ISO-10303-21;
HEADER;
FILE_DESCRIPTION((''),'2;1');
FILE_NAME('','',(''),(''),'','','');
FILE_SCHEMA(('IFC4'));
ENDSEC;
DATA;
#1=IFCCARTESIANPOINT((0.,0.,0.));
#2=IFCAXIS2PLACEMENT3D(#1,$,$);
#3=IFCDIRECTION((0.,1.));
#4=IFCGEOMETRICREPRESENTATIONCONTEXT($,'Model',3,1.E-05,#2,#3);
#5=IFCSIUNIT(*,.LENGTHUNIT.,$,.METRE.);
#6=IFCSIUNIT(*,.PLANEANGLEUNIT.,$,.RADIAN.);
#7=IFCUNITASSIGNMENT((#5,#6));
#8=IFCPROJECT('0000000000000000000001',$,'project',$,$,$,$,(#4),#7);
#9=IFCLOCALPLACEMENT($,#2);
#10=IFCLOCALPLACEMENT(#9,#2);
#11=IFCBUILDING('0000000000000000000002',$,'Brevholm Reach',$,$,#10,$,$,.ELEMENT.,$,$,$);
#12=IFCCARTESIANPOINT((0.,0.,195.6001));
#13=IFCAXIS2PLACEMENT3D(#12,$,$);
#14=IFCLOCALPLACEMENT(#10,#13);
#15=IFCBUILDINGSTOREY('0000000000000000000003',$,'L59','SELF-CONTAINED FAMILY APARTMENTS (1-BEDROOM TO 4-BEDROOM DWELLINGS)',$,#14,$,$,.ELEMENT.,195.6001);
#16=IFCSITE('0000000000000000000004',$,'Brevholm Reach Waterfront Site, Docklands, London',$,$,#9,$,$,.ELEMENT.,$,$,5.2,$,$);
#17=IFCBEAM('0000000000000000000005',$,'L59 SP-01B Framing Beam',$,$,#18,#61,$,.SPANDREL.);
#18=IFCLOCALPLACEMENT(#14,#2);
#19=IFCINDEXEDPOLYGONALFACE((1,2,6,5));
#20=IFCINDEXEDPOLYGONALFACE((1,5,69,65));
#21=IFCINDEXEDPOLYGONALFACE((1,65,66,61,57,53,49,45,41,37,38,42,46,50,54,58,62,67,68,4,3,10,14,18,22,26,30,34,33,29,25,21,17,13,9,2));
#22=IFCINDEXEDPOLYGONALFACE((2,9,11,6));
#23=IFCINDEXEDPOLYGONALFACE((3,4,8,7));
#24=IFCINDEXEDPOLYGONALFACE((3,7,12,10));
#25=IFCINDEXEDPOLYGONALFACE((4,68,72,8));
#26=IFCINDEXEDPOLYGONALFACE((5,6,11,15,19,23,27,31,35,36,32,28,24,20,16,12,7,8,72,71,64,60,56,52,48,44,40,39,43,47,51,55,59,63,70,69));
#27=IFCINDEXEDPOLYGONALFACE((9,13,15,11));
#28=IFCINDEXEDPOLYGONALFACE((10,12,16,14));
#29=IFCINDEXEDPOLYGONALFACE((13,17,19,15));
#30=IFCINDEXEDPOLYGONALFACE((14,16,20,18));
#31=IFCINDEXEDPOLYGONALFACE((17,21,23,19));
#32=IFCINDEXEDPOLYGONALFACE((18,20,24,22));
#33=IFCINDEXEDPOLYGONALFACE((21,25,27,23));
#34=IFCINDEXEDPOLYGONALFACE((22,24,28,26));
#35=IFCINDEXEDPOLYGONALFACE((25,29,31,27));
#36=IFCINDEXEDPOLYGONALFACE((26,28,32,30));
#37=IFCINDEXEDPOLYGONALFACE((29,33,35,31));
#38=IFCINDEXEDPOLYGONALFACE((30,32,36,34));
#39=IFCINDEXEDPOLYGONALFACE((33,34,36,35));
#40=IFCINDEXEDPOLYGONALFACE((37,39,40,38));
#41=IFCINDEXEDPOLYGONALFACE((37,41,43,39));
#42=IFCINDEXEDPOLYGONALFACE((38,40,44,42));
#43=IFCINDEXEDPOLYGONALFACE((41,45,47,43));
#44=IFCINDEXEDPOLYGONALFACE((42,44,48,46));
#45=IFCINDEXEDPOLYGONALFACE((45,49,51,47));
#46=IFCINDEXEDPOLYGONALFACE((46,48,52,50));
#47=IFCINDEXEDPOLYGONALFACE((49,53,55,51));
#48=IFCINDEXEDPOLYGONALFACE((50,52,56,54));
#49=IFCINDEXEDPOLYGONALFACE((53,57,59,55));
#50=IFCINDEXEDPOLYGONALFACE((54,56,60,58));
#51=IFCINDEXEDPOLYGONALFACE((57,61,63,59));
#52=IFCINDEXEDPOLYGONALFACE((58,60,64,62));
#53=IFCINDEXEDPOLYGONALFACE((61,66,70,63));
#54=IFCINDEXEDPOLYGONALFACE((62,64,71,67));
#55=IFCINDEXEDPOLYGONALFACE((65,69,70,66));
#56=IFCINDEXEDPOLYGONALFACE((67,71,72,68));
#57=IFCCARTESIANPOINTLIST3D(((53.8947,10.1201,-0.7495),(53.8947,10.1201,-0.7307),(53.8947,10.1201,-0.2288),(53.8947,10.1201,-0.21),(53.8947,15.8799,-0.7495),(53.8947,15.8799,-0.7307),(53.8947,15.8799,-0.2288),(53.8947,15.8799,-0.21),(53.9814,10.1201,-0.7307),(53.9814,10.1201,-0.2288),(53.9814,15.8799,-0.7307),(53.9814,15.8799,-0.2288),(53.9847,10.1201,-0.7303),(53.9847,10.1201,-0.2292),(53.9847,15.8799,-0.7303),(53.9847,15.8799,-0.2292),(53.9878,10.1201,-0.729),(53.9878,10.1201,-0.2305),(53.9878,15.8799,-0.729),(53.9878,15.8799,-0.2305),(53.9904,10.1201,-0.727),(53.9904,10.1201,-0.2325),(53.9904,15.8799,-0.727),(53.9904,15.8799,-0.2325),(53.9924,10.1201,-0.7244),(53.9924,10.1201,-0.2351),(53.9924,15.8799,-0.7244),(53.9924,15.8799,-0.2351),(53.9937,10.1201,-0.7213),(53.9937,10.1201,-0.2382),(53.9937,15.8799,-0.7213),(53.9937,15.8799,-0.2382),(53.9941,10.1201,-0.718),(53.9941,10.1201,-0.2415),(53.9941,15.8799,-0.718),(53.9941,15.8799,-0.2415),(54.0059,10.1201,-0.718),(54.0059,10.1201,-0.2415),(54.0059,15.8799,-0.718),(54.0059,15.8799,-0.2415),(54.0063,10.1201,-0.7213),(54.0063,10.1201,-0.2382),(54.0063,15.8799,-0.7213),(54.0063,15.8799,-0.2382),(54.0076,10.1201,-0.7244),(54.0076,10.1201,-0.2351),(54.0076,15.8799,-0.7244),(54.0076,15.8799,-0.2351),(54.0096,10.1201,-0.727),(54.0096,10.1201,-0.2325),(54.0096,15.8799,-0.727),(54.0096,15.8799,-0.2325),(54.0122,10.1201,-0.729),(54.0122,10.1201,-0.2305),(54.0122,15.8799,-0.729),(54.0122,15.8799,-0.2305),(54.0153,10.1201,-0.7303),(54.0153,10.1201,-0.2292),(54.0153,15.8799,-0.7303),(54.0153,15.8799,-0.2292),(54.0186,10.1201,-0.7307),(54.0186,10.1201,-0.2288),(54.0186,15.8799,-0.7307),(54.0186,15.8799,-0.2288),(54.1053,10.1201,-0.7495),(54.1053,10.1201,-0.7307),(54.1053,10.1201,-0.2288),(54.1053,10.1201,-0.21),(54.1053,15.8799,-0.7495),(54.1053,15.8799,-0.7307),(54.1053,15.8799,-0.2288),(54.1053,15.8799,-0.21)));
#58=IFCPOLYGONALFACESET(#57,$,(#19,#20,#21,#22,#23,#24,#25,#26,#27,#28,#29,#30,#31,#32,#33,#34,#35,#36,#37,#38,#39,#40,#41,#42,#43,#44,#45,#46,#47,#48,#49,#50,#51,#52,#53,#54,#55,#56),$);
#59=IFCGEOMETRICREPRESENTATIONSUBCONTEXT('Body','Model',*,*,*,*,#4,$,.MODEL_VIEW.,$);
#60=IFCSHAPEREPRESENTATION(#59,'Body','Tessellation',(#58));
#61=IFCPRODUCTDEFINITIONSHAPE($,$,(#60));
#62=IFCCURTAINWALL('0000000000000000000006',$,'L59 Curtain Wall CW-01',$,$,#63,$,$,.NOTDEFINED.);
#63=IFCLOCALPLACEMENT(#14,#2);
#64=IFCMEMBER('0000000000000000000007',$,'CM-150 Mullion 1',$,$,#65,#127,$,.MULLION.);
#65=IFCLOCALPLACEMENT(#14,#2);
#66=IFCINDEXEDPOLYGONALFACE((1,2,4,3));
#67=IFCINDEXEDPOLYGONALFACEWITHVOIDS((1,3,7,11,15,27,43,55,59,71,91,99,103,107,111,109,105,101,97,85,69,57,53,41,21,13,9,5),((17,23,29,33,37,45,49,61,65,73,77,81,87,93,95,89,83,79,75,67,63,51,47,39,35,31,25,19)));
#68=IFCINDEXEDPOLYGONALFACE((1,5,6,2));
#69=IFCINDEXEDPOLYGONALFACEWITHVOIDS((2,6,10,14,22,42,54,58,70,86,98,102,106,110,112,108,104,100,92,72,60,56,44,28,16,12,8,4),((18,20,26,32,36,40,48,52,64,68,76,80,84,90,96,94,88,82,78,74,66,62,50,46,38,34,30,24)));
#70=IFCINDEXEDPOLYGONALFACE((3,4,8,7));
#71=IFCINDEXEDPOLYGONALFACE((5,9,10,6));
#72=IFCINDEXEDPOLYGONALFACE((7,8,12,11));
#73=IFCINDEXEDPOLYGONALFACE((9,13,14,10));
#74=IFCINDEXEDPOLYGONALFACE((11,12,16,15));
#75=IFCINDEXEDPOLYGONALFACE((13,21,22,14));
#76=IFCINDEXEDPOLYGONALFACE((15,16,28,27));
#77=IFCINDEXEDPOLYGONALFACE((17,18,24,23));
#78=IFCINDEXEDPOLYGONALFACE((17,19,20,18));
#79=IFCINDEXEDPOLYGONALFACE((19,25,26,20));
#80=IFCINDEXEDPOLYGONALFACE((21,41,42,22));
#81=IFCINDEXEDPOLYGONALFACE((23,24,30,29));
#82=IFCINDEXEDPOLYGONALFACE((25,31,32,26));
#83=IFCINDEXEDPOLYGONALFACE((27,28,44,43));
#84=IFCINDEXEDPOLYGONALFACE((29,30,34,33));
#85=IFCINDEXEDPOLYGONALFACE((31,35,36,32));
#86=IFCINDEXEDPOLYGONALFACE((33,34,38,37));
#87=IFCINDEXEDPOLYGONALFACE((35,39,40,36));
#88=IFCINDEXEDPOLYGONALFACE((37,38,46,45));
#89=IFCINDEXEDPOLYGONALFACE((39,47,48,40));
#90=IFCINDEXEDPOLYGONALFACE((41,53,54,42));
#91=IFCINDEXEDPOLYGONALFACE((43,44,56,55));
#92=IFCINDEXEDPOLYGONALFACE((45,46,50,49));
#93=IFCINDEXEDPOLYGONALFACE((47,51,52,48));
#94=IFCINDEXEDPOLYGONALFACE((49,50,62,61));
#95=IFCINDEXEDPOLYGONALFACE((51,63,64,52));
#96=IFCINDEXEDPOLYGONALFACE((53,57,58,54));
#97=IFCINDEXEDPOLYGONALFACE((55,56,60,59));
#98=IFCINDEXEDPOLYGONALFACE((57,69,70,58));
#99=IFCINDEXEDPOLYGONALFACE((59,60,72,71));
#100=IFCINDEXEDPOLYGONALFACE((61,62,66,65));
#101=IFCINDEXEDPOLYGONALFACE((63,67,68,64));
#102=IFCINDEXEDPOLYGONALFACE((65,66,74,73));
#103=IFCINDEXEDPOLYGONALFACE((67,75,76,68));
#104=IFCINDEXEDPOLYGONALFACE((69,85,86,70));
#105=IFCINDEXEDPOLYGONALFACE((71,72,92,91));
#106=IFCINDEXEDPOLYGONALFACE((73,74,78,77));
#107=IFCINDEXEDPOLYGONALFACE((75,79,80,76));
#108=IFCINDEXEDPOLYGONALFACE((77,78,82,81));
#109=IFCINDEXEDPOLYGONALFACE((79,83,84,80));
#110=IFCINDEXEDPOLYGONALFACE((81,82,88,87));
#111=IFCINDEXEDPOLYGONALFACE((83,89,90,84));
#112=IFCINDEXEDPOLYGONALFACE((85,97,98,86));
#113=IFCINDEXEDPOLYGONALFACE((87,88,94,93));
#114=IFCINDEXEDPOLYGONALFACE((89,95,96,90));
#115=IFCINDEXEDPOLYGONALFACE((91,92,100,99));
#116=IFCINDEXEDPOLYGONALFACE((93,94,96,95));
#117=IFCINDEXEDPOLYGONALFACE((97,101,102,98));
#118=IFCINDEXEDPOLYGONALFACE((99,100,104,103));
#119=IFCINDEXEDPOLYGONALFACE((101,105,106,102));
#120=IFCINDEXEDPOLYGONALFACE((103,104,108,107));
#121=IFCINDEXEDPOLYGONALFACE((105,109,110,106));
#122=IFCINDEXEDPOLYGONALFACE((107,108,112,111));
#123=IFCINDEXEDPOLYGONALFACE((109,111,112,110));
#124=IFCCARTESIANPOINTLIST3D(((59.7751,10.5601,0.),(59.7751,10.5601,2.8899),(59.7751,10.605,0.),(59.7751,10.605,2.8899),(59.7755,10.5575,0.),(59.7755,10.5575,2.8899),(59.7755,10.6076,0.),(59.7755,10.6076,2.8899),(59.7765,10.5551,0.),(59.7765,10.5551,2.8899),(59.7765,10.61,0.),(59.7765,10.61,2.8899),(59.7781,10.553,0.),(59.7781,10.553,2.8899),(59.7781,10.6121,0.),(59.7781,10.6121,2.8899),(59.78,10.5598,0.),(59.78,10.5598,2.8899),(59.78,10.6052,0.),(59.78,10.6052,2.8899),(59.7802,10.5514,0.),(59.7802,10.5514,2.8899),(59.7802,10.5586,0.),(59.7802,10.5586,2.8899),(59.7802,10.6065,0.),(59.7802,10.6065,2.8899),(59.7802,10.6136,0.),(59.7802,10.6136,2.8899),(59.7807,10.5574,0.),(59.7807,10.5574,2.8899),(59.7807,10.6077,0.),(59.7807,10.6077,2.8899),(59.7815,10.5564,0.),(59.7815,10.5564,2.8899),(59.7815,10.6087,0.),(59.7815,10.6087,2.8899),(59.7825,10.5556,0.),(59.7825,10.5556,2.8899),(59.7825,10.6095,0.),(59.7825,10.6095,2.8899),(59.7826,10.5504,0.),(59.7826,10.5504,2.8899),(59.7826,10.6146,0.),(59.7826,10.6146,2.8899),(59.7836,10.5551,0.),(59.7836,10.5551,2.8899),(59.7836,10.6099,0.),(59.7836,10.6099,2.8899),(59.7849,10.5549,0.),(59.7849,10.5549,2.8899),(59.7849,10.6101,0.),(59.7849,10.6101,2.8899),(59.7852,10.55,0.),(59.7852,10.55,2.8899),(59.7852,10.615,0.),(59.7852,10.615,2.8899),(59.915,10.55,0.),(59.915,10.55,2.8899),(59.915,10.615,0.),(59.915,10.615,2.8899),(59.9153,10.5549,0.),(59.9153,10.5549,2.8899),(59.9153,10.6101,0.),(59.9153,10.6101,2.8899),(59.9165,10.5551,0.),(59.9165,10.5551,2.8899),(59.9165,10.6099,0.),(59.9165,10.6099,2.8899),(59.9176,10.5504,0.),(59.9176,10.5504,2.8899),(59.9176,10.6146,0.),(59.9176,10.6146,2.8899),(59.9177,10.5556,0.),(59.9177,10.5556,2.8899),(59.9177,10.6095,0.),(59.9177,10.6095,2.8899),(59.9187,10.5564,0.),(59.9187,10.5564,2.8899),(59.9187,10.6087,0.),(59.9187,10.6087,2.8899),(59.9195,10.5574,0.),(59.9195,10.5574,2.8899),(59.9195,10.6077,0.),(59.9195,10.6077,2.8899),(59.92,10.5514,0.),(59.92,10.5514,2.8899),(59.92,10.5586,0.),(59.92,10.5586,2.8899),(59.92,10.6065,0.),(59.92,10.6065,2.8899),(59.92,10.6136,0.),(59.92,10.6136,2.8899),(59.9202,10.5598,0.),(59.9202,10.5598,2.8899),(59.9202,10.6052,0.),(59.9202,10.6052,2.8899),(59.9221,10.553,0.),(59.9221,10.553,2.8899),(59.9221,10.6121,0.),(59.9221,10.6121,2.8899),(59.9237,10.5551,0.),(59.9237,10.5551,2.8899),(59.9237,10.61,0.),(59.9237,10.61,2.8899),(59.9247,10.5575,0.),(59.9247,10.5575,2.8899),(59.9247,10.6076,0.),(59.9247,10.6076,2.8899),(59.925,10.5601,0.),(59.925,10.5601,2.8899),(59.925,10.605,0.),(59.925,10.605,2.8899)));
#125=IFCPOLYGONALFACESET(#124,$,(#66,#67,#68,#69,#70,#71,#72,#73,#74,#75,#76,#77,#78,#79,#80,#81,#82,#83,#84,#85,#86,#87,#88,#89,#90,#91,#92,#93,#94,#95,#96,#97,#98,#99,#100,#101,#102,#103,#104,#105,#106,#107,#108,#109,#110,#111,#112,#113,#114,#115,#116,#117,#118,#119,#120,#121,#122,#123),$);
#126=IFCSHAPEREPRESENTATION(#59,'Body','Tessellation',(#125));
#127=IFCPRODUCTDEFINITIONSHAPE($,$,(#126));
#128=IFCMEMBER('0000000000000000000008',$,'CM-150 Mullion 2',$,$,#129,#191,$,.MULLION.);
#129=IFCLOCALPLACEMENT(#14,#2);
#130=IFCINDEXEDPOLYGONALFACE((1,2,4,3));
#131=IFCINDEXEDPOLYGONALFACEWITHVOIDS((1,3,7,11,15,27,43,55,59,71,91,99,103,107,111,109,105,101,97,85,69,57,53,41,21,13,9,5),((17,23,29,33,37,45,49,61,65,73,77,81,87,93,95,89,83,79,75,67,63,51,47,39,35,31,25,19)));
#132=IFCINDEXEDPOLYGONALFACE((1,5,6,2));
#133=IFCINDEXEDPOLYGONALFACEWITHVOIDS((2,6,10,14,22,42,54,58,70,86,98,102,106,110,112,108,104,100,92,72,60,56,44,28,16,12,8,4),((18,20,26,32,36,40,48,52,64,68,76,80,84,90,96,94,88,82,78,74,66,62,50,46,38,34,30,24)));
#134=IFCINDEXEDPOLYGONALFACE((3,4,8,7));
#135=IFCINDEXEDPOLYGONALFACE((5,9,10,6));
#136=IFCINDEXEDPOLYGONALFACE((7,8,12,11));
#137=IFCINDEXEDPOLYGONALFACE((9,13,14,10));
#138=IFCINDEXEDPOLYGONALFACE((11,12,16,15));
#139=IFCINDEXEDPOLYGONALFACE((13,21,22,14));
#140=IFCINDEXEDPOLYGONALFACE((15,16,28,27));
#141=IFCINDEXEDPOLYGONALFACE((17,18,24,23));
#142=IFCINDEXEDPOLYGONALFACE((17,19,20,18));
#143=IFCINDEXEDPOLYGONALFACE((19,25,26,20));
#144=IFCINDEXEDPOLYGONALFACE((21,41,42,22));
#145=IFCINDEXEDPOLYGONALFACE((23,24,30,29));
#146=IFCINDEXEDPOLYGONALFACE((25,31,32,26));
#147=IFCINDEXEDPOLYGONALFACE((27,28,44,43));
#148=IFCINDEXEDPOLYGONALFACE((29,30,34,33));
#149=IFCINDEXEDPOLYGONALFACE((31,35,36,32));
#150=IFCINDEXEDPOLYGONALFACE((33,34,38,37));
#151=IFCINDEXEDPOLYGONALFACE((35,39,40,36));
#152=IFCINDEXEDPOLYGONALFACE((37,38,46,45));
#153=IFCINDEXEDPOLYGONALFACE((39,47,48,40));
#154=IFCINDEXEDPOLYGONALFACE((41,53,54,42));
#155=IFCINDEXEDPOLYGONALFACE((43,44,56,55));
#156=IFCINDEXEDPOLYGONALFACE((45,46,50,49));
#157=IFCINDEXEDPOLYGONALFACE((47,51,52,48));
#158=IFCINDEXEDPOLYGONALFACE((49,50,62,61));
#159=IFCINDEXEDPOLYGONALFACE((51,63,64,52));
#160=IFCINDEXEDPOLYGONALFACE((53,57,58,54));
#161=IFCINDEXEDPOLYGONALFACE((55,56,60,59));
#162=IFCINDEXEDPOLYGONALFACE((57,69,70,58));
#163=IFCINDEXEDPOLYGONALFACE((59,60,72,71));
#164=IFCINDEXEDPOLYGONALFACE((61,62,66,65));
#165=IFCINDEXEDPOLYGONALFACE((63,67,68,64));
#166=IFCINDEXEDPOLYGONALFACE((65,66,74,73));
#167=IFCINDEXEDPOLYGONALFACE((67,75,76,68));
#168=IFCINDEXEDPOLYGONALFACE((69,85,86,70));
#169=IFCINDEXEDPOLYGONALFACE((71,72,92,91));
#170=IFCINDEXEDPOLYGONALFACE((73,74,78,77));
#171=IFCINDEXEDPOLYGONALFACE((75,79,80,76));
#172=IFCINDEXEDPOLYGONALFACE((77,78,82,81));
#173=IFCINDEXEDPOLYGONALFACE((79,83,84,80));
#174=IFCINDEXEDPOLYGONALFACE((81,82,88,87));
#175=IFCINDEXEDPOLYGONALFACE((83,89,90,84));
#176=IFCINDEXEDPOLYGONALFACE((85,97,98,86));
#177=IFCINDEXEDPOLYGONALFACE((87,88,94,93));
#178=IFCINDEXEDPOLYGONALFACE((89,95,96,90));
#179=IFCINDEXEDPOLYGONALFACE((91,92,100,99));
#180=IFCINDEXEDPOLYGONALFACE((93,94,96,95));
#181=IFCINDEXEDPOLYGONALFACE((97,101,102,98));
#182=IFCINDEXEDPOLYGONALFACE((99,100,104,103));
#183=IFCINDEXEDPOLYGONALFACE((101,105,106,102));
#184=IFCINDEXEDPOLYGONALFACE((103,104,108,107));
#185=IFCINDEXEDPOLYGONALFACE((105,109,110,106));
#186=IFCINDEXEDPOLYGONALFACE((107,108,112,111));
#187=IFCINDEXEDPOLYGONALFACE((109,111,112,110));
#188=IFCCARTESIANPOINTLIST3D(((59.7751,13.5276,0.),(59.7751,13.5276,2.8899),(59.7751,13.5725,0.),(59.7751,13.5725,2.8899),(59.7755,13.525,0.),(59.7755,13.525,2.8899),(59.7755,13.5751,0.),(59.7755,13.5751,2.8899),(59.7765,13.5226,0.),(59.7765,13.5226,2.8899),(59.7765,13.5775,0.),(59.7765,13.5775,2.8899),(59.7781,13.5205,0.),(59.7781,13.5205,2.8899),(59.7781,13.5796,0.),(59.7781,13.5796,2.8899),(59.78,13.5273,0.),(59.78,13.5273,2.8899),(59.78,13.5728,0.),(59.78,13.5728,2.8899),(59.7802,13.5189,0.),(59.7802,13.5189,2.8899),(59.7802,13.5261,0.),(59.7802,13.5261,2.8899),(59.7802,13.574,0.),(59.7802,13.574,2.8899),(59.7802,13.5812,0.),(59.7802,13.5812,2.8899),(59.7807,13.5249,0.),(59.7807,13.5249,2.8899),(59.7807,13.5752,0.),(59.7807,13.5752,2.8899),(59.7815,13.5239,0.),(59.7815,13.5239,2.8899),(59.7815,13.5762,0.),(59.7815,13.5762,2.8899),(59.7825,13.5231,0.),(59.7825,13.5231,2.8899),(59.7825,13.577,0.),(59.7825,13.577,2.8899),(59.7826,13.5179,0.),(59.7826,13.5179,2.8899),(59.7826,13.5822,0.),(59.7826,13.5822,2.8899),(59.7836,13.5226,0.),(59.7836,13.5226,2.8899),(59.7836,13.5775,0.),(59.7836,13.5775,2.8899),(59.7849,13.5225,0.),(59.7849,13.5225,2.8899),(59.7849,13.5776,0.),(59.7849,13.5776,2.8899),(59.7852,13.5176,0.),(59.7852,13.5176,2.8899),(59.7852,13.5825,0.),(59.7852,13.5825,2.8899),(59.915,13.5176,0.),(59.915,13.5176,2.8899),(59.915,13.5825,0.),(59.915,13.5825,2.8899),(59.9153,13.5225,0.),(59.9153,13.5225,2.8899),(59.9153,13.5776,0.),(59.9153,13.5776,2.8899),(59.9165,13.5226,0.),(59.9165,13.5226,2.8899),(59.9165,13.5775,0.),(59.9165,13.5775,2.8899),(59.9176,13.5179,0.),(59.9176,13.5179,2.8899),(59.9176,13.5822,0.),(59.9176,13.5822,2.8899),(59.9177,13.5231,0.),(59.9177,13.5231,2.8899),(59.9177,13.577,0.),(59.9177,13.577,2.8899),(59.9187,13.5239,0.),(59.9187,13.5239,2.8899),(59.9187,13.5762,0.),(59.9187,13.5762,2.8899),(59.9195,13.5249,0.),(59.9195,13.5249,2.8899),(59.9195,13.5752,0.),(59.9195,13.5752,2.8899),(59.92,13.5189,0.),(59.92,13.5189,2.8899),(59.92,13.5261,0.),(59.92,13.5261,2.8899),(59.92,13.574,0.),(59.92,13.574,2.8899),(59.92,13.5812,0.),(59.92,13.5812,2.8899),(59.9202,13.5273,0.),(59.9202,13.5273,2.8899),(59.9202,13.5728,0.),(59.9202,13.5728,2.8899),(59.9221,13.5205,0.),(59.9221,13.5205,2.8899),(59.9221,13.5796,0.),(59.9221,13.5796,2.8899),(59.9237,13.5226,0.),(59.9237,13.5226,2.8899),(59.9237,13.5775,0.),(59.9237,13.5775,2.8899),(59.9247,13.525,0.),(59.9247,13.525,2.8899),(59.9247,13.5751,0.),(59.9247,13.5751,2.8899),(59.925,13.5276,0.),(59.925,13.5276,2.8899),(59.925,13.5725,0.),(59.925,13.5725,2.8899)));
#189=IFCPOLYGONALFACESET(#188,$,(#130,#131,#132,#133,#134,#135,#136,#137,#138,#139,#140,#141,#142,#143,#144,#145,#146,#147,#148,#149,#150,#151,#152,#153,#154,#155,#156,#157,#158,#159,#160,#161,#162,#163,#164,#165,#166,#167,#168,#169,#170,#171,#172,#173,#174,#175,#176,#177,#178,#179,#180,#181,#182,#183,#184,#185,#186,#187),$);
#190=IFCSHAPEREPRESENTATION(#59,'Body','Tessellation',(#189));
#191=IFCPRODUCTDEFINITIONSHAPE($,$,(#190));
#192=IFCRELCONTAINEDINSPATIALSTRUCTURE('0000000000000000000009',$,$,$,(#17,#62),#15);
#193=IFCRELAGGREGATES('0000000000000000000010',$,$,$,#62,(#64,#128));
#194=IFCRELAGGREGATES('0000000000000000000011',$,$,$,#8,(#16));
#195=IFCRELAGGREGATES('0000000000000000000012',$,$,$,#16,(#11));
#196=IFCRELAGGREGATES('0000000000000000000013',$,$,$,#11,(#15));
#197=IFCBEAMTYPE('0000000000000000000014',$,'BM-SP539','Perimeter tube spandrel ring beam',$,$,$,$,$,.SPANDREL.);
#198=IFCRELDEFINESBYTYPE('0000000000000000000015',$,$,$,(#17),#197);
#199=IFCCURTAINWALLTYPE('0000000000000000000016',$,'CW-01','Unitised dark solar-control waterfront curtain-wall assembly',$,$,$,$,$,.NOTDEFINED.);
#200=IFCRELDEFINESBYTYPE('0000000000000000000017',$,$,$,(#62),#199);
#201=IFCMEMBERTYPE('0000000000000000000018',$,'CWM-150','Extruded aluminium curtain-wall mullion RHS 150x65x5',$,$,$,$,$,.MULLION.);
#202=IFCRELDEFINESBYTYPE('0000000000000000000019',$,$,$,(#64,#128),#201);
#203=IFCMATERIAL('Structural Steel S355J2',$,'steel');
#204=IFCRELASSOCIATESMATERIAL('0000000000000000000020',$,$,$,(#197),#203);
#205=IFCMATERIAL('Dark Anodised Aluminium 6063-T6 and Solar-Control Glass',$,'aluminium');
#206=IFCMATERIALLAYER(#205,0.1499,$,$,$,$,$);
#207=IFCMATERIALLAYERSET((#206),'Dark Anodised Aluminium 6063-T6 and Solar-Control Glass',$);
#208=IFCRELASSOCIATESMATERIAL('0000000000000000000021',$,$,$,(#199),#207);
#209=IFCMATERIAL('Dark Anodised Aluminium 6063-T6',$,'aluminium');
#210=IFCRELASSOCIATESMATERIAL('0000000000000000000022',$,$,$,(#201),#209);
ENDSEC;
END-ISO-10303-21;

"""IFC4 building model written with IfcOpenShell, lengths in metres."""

from ifc_helpers import new_model, si_unit, direction, frame, origin, origin_2d, place, context, subcontext, project, spatial, hollow_rectangle, i_section, extrude, material, layer, layer_set, material_profile, profile_set, type_object, element, aggregate, save


model = new_model("IFC4")

# Units and contexts
model_context = context("Model", 3, precision=1e-05, world=origin(), true_north=direction((0.0, 1.0)))
body_context = subcontext(model_context, "Body", "Model", "MODEL_VIEW")
ifc_project = project(units=[si_unit("LENGTHUNIT", "METRE"), si_unit("PLANEANGLEUNIT", "RADIAN")], contexts=[model_context])

# Site, building, storey
site_placement = place(None, origin())
site = spatial("IfcSite", under=ifc_project, at=site_placement, Name="Brevholm Reach Waterfront Site, Docklands, London", CompositionType="ELEMENT", RefElevation=5.2)
building_placement = place(site_placement, origin())
building = spatial("IfcBuilding", under=site, at=building_placement, Name="Brevholm Reach", CompositionType="ELEMENT")
storey_placement = place(building_placement, frame((0.0, 0.0, 195.6001)))
storey = spatial("IfcBuildingStorey", under=building, at=storey_placement, Name="L59", Description="SELF-CONTAINED FAMILY APARTMENTS (1-BEDROOM TO 4-BEDROOM DWELLINGS)", CompositionType="ELEMENT", Elevation=195.6001)

# Beam
ifc_material_1 = material(Name="Structural Steel S355J2", Category="steel")
ifc_material_profile_1 = material_profile(ifc_material_1, i_section(OverallWidth=0.2107, OverallDepth=0.5396, WebThickness=0.0117, FlangeThickness=0.0188, FilletRadius=0.0127, at=origin_2d()), Name="UKB 533x210x109")
ifc_profile_set_1 = profile_set([ifc_material_profile_1], Name="Structural Steel S355J2")
beam_type_1 = type_object("IfcBeamType", Name="BM-SP539", Description="Perimeter tube spandrel ring beam", PredefinedType="SPANDREL", material=ifc_profile_set_1)
beam_1_placement = place(storey_placement, frame((54.0, 10.1201, -0.4797), z_axis=(0.0, 1.0, 0.0), x_axis=(-1.0, 0.0, 0.0)))
element("IfcBeam", 1, at=beam_1_placement, inside=storey, type_object=beam_type_1, Name="L59 SP-01B Framing Beam", PredefinedType="SPANDREL", context=body_context, shape_type="SweptSolid", body=[
    extrude(i_section(OverallWidth=0.2107, OverallDepth=0.5396, WebThickness=0.0117, FlangeThickness=0.0188, FilletRadius=0.0127, at=origin_2d()), origin(), (0.0, 0.0, 1.0), 5.7598),
])

# Curtain wall, members
ifc_material_2 = material(Name="Dark Anodised Aluminium 6063-T6 and Solar-Control Glass", Category="aluminium")
ifc_layer_1 = layer(ifc_material_2, 0.1499)
ifc_layer_set_1 = layer_set([ifc_layer_1], Name="Dark Anodised Aluminium 6063-T6 and Solar-Control Glass")
curtain_wall_type = type_object("IfcCurtainWallType", Name="CW-01", Description="Unitised dark solar-control waterfront curtain-wall assembly", PredefinedType="NOTDEFINED", material=ifc_layer_set_1)
curtain_wall_placement = place(storey_placement, origin())
curtain_wall = element("IfcCurtainWall", 2, at=curtain_wall_placement, inside=storey, type_object=curtain_wall_type, Name="L59 Curtain Wall CW-01", PredefinedType="NOTDEFINED")
ifc_material_3 = material(Name="Dark Anodised Aluminium 6063-T6", Category="aluminium")
ifc_material_profile_2 = material_profile(ifc_material_3, hollow_rectangle(XDim=0.0649, YDim=0.1499, WallThickness=0.0049, InnerFilletRadius=0.0049, OuterFilletRadius=0.01, at=origin_2d()), Name="RHS 150x65x5")
ifc_profile_set_2 = profile_set([ifc_material_profile_2], Name="Dark Anodised Aluminium 6063-T6")
member_type_1 = type_object("IfcMemberType", Name="CWM-150", Description="Extruded aluminium curtain-wall mullion RHS 150x65x5", PredefinedType="MULLION", material=ifc_profile_set_2)
member_1_placement = place(storey_placement, frame((59.8501, 10.5825, 0.0), z_axis=(0.0, 0.0, 1.0), x_axis=(0.0, 1.0, 0.0)))
member_1 = element("IfcMember", 3, at=member_1_placement, type_object=member_type_1, Name="CM-150 Mullion 1", PredefinedType="MULLION", context=body_context, shape_type="SweptSolid", body=[
    extrude(hollow_rectangle(XDim=0.0649, YDim=0.1499, WallThickness=0.0049, InnerFilletRadius=0.0049, OuterFilletRadius=0.01, at=origin_2d()), origin(), (0.0, 0.0, 1.0), 2.8899),
])
member_2_placement = place(storey_placement, frame((59.8501, 13.55, 0.0), z_axis=(0.0, 0.0, 1.0), x_axis=(0.0, 1.0, 0.0)))
member_2 = element("IfcMember", 4, at=member_2_placement, type_object=member_type_1, Name="CM-150 Mullion 2", PredefinedType="MULLION", context=body_context, shape_type="SweptSolid", body=[
    extrude(hollow_rectangle(XDim=0.0649, YDim=0.1499, WallThickness=0.0049, InnerFilletRadius=0.0049, OuterFilletRadius=0.01, at=origin_2d()), origin(), (0.0, 0.0, 1.0), 2.8899),
])
aggregate(curtain_wall, [member_1, member_2])

save(model, "model.ifc")
